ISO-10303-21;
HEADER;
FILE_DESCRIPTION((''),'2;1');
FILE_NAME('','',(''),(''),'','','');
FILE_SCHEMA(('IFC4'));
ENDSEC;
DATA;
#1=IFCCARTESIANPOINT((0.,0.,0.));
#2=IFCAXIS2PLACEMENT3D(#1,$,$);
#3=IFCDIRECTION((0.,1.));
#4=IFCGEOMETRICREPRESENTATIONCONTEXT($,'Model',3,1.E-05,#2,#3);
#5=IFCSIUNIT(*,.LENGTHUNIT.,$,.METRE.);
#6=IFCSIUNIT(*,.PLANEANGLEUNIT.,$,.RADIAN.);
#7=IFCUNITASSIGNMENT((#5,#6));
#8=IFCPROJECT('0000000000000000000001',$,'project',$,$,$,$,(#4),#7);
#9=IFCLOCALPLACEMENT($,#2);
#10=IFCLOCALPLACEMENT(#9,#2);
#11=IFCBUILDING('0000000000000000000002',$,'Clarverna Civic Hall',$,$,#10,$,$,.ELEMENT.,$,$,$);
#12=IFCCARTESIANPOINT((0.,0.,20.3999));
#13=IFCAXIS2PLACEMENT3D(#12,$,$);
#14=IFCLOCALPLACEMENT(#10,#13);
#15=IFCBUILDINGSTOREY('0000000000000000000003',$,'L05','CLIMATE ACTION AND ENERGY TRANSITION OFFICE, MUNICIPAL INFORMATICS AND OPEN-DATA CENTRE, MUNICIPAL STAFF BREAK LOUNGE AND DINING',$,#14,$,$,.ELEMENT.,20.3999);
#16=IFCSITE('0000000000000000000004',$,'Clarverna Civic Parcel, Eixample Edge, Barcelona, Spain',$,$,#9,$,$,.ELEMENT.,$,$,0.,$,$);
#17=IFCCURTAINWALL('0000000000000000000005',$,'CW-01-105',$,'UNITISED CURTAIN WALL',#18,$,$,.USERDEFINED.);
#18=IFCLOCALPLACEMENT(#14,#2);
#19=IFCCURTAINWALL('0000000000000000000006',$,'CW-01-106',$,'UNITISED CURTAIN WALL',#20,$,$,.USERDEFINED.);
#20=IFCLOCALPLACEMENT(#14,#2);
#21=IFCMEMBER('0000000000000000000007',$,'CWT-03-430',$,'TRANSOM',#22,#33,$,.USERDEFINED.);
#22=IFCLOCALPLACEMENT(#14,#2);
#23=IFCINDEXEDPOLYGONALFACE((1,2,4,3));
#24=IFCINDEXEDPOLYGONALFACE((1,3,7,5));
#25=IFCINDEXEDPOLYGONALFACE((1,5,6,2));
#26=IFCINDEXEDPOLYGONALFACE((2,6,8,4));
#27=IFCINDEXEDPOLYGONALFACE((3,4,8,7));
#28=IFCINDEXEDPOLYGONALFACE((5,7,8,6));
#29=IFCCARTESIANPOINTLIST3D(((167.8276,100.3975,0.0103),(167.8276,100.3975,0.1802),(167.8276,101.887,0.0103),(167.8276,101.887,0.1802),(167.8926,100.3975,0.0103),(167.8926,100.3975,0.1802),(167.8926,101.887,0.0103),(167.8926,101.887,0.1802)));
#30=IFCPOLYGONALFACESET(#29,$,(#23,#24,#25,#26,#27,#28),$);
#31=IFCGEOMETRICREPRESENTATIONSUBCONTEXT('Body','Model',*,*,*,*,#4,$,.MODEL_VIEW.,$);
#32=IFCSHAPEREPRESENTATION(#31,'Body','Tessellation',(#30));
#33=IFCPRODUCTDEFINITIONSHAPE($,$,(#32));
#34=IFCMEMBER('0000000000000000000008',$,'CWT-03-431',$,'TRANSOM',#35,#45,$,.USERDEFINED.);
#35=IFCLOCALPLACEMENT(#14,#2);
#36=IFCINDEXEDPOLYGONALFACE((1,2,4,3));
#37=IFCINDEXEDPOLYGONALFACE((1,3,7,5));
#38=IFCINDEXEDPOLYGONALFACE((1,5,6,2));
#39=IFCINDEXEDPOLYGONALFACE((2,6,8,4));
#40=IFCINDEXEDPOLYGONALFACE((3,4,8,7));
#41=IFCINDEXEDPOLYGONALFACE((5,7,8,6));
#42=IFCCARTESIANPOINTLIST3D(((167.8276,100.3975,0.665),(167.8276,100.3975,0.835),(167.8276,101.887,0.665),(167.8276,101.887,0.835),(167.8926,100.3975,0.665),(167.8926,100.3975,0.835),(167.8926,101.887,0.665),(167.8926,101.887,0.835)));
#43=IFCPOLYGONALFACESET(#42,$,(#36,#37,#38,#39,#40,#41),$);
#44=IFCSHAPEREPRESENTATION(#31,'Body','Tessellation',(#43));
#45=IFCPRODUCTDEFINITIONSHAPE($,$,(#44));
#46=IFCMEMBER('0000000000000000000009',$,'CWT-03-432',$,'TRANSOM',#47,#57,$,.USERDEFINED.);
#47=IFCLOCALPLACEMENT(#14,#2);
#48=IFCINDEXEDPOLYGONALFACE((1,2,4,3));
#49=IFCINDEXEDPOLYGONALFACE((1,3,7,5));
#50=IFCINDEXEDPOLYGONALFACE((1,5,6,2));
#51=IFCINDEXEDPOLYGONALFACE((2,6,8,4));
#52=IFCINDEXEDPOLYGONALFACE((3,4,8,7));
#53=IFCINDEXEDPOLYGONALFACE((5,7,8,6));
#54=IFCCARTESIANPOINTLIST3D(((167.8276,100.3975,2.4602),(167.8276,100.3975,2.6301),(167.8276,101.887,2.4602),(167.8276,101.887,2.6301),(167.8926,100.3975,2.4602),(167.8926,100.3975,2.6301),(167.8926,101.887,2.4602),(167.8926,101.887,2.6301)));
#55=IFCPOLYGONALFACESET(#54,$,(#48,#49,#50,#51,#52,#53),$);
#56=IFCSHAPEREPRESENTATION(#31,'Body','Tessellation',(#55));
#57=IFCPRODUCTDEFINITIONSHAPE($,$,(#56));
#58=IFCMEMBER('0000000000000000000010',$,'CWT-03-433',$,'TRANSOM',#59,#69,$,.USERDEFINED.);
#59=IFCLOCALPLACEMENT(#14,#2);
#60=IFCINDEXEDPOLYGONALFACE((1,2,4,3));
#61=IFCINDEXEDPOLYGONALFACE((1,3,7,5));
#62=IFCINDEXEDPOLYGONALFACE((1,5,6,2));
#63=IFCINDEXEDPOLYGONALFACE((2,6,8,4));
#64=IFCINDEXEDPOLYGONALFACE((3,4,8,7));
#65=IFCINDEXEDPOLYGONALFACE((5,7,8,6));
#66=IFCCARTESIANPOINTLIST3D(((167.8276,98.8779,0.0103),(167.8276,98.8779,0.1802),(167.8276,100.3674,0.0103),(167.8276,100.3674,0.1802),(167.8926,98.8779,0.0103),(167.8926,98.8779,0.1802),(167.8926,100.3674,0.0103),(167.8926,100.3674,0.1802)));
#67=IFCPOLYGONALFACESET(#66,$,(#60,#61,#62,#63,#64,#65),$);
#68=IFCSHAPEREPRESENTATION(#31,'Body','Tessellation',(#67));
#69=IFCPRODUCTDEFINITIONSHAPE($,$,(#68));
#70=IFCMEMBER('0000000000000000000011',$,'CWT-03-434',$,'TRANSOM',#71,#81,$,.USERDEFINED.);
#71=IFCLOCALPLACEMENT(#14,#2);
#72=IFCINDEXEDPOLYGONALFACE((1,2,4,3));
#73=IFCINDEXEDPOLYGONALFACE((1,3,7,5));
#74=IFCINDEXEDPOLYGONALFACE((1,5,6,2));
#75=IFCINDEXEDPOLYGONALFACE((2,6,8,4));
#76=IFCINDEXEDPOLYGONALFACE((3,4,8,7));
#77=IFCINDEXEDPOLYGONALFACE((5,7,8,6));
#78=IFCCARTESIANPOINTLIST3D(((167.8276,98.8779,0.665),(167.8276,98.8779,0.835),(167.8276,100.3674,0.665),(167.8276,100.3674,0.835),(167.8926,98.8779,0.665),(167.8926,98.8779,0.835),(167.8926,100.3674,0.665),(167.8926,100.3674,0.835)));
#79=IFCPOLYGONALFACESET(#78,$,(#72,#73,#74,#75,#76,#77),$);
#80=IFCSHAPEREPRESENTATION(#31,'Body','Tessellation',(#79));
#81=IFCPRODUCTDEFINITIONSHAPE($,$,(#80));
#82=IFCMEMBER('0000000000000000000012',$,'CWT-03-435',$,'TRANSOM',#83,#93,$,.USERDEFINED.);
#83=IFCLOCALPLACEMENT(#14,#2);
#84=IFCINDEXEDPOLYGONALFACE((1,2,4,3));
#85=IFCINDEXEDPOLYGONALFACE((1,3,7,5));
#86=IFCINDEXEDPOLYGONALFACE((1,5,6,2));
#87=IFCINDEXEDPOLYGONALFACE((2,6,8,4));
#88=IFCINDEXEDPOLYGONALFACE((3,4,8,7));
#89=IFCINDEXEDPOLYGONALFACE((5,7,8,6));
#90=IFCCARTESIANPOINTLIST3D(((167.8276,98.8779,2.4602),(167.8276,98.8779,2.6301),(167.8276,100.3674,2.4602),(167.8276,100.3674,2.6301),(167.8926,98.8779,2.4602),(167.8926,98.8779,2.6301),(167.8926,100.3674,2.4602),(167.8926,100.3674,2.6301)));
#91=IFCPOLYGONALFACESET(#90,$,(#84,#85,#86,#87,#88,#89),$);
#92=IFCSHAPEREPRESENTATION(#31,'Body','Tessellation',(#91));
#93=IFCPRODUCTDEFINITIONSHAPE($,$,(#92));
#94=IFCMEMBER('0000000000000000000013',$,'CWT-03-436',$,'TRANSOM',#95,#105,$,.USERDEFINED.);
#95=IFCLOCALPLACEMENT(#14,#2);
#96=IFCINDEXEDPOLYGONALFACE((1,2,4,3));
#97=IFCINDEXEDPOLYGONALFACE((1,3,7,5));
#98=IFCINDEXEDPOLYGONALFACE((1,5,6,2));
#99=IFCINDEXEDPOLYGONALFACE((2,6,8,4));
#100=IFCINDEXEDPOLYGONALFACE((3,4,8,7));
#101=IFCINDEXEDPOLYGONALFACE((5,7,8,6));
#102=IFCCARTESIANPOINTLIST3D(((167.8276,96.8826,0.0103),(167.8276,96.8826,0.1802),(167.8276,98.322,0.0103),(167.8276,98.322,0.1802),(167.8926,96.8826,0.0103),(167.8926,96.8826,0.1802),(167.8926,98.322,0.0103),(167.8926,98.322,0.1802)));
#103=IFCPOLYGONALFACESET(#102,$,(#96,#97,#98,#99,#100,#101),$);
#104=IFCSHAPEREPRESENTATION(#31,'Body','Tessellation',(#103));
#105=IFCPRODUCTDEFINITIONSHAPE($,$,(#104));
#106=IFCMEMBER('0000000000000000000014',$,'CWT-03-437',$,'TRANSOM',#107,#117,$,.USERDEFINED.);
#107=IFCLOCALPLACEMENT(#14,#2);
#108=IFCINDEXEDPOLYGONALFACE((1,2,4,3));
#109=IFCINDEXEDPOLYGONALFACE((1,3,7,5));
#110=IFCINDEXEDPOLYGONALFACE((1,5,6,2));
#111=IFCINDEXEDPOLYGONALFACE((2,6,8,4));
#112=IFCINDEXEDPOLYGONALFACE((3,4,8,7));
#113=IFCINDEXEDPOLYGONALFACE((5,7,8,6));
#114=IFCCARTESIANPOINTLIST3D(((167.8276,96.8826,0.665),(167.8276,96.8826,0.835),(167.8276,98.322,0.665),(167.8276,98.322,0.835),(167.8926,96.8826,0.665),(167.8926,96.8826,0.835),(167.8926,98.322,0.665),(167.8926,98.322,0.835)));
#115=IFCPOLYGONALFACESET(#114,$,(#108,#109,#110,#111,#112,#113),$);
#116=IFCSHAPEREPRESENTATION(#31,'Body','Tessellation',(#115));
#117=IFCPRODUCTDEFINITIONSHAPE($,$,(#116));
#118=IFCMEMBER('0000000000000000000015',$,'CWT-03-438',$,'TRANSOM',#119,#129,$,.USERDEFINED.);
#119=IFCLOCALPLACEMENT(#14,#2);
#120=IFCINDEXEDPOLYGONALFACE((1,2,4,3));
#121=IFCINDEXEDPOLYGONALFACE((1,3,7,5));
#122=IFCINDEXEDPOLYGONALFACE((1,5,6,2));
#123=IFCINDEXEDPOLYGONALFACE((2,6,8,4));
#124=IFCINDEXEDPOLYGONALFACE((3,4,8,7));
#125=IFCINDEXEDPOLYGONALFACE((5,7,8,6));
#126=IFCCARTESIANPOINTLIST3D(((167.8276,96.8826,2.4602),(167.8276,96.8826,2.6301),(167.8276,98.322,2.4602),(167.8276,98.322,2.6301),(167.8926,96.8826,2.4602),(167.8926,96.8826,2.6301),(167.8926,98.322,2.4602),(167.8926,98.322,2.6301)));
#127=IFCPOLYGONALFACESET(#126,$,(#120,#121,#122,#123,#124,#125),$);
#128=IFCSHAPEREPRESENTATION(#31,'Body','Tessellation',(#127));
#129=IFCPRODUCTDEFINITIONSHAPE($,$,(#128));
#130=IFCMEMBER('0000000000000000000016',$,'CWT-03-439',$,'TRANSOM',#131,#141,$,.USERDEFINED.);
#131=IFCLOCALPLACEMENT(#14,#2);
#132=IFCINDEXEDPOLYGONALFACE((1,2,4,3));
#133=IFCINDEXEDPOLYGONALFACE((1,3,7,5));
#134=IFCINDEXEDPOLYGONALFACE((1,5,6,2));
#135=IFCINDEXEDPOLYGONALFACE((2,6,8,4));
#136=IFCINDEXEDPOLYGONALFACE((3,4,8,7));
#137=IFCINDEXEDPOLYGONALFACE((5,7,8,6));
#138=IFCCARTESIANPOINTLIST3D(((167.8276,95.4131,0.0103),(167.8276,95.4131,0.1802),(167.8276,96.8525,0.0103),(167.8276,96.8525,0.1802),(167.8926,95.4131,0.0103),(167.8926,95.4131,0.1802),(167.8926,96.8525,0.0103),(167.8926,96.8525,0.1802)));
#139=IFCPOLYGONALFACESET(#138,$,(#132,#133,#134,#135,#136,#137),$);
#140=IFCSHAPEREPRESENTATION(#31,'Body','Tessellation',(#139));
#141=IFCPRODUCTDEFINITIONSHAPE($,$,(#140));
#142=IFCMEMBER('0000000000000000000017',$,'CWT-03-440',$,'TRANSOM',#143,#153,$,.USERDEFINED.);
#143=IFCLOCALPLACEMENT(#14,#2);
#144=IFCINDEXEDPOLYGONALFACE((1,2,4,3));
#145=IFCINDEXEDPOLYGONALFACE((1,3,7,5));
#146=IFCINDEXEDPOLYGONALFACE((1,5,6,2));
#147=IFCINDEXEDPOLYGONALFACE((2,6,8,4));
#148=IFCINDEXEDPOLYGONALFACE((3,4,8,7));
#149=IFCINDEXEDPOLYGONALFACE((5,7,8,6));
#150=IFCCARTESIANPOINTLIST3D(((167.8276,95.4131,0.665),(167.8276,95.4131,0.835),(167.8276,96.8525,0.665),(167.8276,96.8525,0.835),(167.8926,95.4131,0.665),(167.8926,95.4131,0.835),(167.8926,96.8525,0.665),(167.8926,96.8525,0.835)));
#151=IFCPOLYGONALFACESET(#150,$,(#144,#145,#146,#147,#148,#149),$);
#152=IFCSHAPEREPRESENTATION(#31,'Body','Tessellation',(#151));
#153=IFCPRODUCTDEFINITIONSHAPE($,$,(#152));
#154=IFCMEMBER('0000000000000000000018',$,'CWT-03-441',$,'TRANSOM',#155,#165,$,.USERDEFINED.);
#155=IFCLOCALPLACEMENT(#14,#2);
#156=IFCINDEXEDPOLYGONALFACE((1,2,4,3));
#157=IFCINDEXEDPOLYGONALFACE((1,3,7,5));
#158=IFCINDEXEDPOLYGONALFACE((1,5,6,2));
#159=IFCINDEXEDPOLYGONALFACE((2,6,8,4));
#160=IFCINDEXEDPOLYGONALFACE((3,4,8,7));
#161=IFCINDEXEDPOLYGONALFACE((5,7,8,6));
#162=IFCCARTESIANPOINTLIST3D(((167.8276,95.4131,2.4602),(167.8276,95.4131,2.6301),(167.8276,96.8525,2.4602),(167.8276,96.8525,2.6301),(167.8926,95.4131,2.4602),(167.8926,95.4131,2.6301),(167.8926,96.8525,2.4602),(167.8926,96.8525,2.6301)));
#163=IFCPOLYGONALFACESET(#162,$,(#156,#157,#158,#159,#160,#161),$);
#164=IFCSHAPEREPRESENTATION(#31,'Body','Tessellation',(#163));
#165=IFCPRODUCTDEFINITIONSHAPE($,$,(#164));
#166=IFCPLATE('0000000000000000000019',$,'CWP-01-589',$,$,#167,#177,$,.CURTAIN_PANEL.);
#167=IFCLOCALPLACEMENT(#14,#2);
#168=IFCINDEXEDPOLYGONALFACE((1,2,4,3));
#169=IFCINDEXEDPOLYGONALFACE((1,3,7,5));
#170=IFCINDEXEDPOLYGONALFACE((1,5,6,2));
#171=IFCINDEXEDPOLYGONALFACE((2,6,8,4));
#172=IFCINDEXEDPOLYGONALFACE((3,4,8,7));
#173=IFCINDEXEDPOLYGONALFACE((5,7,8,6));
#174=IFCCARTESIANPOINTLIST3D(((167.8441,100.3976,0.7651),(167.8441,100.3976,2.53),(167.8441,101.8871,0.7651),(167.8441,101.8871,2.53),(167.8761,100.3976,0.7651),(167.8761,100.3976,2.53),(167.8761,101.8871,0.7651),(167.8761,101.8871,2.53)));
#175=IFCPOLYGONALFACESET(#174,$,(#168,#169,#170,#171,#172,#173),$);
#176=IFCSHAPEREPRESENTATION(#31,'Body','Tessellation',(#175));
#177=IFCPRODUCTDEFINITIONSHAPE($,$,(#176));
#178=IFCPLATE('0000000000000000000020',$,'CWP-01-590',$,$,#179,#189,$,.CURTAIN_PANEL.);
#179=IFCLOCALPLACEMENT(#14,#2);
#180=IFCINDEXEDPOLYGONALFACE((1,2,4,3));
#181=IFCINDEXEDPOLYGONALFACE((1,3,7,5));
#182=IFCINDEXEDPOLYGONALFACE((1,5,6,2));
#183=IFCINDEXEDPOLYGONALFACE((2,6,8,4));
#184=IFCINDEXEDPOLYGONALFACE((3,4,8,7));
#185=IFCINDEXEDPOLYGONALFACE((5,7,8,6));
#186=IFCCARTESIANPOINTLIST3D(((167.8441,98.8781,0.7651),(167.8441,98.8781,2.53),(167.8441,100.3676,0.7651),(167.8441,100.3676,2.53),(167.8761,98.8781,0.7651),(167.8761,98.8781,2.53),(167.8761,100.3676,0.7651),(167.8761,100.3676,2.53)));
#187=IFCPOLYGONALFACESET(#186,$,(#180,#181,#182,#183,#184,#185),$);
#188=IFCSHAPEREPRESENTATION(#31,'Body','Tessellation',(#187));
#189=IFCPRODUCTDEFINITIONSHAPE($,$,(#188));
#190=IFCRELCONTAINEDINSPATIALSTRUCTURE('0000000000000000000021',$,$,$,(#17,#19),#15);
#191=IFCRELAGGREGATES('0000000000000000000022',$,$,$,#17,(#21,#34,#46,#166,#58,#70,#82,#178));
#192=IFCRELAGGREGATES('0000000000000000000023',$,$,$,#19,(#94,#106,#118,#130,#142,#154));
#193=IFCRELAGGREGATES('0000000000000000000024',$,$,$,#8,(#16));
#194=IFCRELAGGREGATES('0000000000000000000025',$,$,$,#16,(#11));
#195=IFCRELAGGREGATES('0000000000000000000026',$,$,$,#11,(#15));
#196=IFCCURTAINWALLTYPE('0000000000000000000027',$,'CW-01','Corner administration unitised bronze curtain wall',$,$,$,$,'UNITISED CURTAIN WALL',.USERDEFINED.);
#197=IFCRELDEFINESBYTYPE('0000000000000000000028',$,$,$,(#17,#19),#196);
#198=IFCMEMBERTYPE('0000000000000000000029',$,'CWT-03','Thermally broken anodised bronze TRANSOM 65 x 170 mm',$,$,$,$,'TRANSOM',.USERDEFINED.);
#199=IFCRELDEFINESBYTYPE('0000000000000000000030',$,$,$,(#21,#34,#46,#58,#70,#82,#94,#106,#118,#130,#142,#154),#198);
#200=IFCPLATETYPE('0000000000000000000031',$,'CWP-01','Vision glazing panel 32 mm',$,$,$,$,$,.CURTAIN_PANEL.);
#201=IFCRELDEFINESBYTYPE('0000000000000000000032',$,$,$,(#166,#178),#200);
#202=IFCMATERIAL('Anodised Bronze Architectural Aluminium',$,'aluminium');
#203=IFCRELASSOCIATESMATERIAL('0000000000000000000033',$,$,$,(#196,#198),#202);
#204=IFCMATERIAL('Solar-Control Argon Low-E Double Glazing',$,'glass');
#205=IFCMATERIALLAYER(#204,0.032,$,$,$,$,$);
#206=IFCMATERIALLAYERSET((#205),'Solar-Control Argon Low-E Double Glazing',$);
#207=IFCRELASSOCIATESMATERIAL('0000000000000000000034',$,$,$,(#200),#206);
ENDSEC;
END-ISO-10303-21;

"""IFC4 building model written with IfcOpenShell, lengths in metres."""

from ifc_helpers import new_model, si_unit, direction, frame, frame_2d, origin, origin_2d, place, context, subcontext, project, spatial, rectangle, extrude, material, layer, layer_set, material_profile, profile_set, type_object, element, aggregate, save


model = new_model("IFC4")

# Units and contexts
model_context = context("Model", 3, precision=1e-05, world=origin(), true_north=direction((0.0, 1.0)))
body_context = subcontext(model_context, "Body", "Model", "MODEL_VIEW")
ifc_project = project(units=[si_unit("LENGTHUNIT", "METRE"), si_unit("PLANEANGLEUNIT", "RADIAN")], contexts=[model_context])

# Site, building, storey
site_placement = place(None, origin())
site = spatial("IfcSite", under=ifc_project, at=site_placement, Name="Clarverna Civic Parcel, Eixample Edge, Barcelona, Spain", CompositionType="ELEMENT", RefElevation=0.0)
building_placement = place(site_placement, origin())
building = spatial("IfcBuilding", under=site, at=building_placement, Name="Clarverna Civic Hall", CompositionType="ELEMENT")
storey_placement = place(building_placement, frame((0.0, 0.0, 20.3999)))
storey = spatial("IfcBuildingStorey", under=building, at=storey_placement, Name="L05", Description="CLIMATE ACTION AND ENERGY TRANSITION OFFICE, MUNICIPAL INFORMATICS AND OPEN-DATA CENTRE, MUNICIPAL STAFF BREAK LOUNGE AND DINING", CompositionType="ELEMENT", Elevation=20.3999)

# Shared definitions
ifc_material_1 = material(Name="Anodised Bronze Architectural Aluminium", Category="aluminium")
curtain_wall_type = type_object("IfcCurtainWallType", Name="CW-01", Description="Corner administration unitised bronze curtain wall", ElementType="UNITISED CURTAIN WALL", PredefinedType="USERDEFINED", material=ifc_material_1)

# Curtain walls
curtain_wall_1_placement = place(storey_placement, origin())
curtain_wall_1 = element("IfcCurtainWall", 1, at=curtain_wall_1_placement, inside=storey, type_object=curtain_wall_type, Name="CW-01-105", ObjectType="UNITISED CURTAIN WALL", PredefinedType="USERDEFINED")
curtain_wall_2_placement = place(storey_placement, origin())
curtain_wall_2 = element("IfcCurtainWall", 2, at=curtain_wall_2_placement, inside=storey, type_object=curtain_wall_type, Name="CW-01-106", ObjectType="UNITISED CURTAIN WALL", PredefinedType="USERDEFINED")

# Members
ifc_material_profile_1 = material_profile(ifc_material_1, rectangle(XDim=0.0649, YDim=0.1699, at=origin_2d()), Name="BRONZE 65x170")
ifc_profile_set_1 = profile_set([ifc_material_profile_1], Name="Anodised Bronze Architectural Aluminium")
member_type_1 = type_object("IfcMemberType", Name="CWT-03", Description="Thermally broken anodised bronze TRANSOM 65 x 170 mm", ElementType="TRANSOM", PredefinedType="USERDEFINED", material=ifc_profile_set_1)
member_1_placement = place(storey_placement, frame((167.8601, 101.887, 0.0952), z_axis=(0.0, -1.0, 0.0), x_axis=(1.0, 0.0, 0.0)))
member_1 = element("IfcMember", 3, at=member_1_placement, type_object=member_type_1, Name="CWT-03-430", ObjectType="TRANSOM", PredefinedType="USERDEFINED", context=body_context, shape_type="SweptSolid", body=[
    extrude(rectangle(XDim=0.0649, YDim=0.1699, at=origin_2d()), origin(), (0.0, 0.0, 1.0), 1.4895),
])
member_2_placement = place(storey_placement, frame((167.8601, 101.887, 0.75), z_axis=(0.0, -1.0, 0.0), x_axis=(1.0, 0.0, 0.0)))
member_2 = element("IfcMember", 4, at=member_2_placement, type_object=member_type_1, Name="CWT-03-431", ObjectType="TRANSOM", PredefinedType="USERDEFINED", context=body_context, shape_type="SweptSolid", body=[
    extrude(rectangle(XDim=0.0649, YDim=0.1699, at=origin_2d()), origin(), (0.0, 0.0, 1.0), 1.4895),
])
member_3_placement = place(storey_placement, frame((167.8601, 101.887, 2.5452), z_axis=(0.0, -1.0, 0.0), x_axis=(1.0, 0.0, 0.0)))
member_3 = element("IfcMember", 5, at=member_3_placement, type_object=member_type_1, Name="CWT-03-432", ObjectType="TRANSOM", PredefinedType="USERDEFINED", context=body_context, shape_type="SweptSolid", body=[
    extrude(rectangle(XDim=0.0649, YDim=0.1699, at=origin_2d()), origin(), (0.0, 0.0, 1.0), 1.4895),
])
member_4_placement = place(storey_placement, frame((167.8601, 100.3674, 0.0952), z_axis=(0.0, -1.0, 0.0), x_axis=(1.0, 0.0, 0.0)))
member_4 = element("IfcMember", 6, at=member_4_placement, type_object=member_type_1, Name="CWT-03-433", ObjectType="TRANSOM", PredefinedType="USERDEFINED", context=body_context, shape_type="SweptSolid", body=[
    extrude(rectangle(XDim=0.0649, YDim=0.1699, at=origin_2d()), origin(), (0.0, 0.0, 1.0), 1.4895),
])
member_5_placement = place(storey_placement, frame((167.8601, 100.3674, 0.75), z_axis=(0.0, -1.0, 0.0), x_axis=(1.0, 0.0, 0.0)))
member_5 = element("IfcMember", 7, at=member_5_placement, type_object=member_type_1, Name="CWT-03-434", ObjectType="TRANSOM", PredefinedType="USERDEFINED", context=body_context, shape_type="SweptSolid", body=[
    extrude(rectangle(XDim=0.0649, YDim=0.1699, at=origin_2d()), origin(), (0.0, 0.0, 1.0), 1.4895),
])
member_6_placement = place(storey_placement, frame((167.8601, 100.3674, 2.5452), z_axis=(0.0, -1.0, 0.0), x_axis=(1.0, 0.0, 0.0)))
member_6 = element("IfcMember", 8, at=member_6_placement, type_object=member_type_1, Name="CWT-03-435", ObjectType="TRANSOM", PredefinedType="USERDEFINED", context=body_context, shape_type="SweptSolid", body=[
    extrude(rectangle(XDim=0.0649, YDim=0.1699, at=origin_2d()), origin(), (0.0, 0.0, 1.0), 1.4895),
])
member_7_placement = place(storey_placement, frame((167.8601, 98.322, 0.0952), z_axis=(0.0, -1.0, 0.0), x_axis=(1.0, 0.0, 0.0)))
member_7 = element("IfcMember", 9, at=member_7_placement, type_object=member_type_1, Name="CWT-03-436", ObjectType="TRANSOM", PredefinedType="USERDEFINED", context=body_context, shape_type="SweptSolid", body=[
    extrude(rectangle(XDim=0.0649, YDim=0.1699, at=origin_2d()), origin(), (0.0, 0.0, 1.0), 1.4395),
])
member_8_placement = place(storey_placement, frame((167.8601, 98.322, 0.75), z_axis=(0.0, -1.0, 0.0), x_axis=(1.0, 0.0, 0.0)))
member_8 = element("IfcMember", 10, at=member_8_placement, type_object=member_type_1, Name="CWT-03-437", ObjectType="TRANSOM", PredefinedType="USERDEFINED", context=body_context, shape_type="SweptSolid", body=[
    extrude(rectangle(XDim=0.0649, YDim=0.1699, at=origin_2d()), origin(), (0.0, 0.0, 1.0), 1.4395),
])
member_9_placement = place(storey_placement, frame((167.8601, 98.322, 2.5452), z_axis=(0.0, -1.0, 0.0), x_axis=(1.0, 0.0, 0.0)))
member_9 = element("IfcMember", 11, at=member_9_placement, type_object=member_type_1, Name="CWT-03-438", ObjectType="TRANSOM", PredefinedType="USERDEFINED", context=body_context, shape_type="SweptSolid", body=[
    extrude(rectangle(XDim=0.0649, YDim=0.1699, at=origin_2d()), origin(), (0.0, 0.0, 1.0), 1.4395),
])
member_10_placement = place(storey_placement, frame((167.8601, 96.8525, 0.0952), z_axis=(0.0, -1.0, 0.0), x_axis=(1.0, 0.0, 0.0)))
member_10 = element("IfcMember", 12, at=member_10_placement, type_object=member_type_1, Name="CWT-03-439", ObjectType="TRANSOM", PredefinedType="USERDEFINED", context=body_context, shape_type="SweptSolid", body=[
    extrude(rectangle(XDim=0.0649, YDim=0.1699, at=origin_2d()), origin(), (0.0, 0.0, 1.0), 1.4395),
])
member_11_placement = place(storey_placement, frame((167.8601, 96.8525, 0.75), z_axis=(0.0, -1.0, 0.0), x_axis=(1.0, 0.0, 0.0)))
member_11 = element("IfcMember", 13, at=member_11_placement, type_object=member_type_1, Name="CWT-03-440", ObjectType="TRANSOM", PredefinedType="USERDEFINED", context=body_context, shape_type="SweptSolid", body=[
    extrude(rectangle(XDim=0.0649, YDim=0.1699, at=origin_2d()), origin(), (0.0, 0.0, 1.0), 1.4395),
])
member_12_placement = place(storey_placement, frame((167.8601, 96.8525, 2.5452), z_axis=(0.0, -1.0, 0.0), x_axis=(1.0, 0.0, 0.0)))
member_12 = element("IfcMember", 14, at=member_12_placement, type_object=member_type_1, Name="CWT-03-441", ObjectType="TRANSOM", PredefinedType="USERDEFINED", context=body_context, shape_type="SweptSolid", body=[
    extrude(rectangle(XDim=0.0649, YDim=0.1699, at=origin_2d()), origin(), (0.0, 0.0, 1.0), 1.4395),
])

# Plates
ifc_material_2 = material(Name="Solar-Control Argon Low-E Double Glazing", Category="glass")
ifc_layer_1 = layer(ifc_material_2, 0.032)
ifc_layer_set_1 = layer_set([ifc_layer_1], Name="Solar-Control Argon Low-E Double Glazing")
plate_type_1 = type_object("IfcPlateType", Name="CWP-01", Description="Vision glazing panel 32 mm", PredefinedType="CURTAIN_PANEL", material=ifc_layer_set_1)
plate_1_placement = place(storey_placement, frame((167.8601, 101.887, 0.7651), z_axis=(0.0, 0.0, 1.0), x_axis=(0.0, -1.0, 0.0)))
plate_1 = element("IfcPlate", 15, at=plate_1_placement, type_object=plate_type_1, Name="CWP-01-589", PredefinedType="CURTAIN_PANEL", context=body_context, shape_type="SweptSolid", body=[
    extrude(rectangle(XDim=1.4895, YDim=0.032, at=frame_2d((0.7446, 0.0))), origin(), (0.0, 0.0, 1.0), 1.7649),
])
plate_2_placement = place(storey_placement, frame((167.8601, 100.3674, 0.7651), z_axis=(0.0, 0.0, 1.0), x_axis=(0.0, -1.0, 0.0)))
plate_2 = element("IfcPlate", 16, at=plate_2_placement, type_object=plate_type_1, Name="CWP-01-590", PredefinedType="CURTAIN_PANEL", context=body_context, shape_type="SweptSolid", body=[
    extrude(rectangle(XDim=1.4895, YDim=0.032, at=frame_2d((0.7446, 0.0))), origin(), (0.0, 0.0, 1.0), 1.7649),
])
aggregate(curtain_wall_1, [member_1, member_2, member_3, plate_1, member_4, member_5, member_6, plate_2])
aggregate(curtain_wall_2, [member_7, member_8, member_9, member_10, member_11, member_12])

save(model, "model.ifc")
